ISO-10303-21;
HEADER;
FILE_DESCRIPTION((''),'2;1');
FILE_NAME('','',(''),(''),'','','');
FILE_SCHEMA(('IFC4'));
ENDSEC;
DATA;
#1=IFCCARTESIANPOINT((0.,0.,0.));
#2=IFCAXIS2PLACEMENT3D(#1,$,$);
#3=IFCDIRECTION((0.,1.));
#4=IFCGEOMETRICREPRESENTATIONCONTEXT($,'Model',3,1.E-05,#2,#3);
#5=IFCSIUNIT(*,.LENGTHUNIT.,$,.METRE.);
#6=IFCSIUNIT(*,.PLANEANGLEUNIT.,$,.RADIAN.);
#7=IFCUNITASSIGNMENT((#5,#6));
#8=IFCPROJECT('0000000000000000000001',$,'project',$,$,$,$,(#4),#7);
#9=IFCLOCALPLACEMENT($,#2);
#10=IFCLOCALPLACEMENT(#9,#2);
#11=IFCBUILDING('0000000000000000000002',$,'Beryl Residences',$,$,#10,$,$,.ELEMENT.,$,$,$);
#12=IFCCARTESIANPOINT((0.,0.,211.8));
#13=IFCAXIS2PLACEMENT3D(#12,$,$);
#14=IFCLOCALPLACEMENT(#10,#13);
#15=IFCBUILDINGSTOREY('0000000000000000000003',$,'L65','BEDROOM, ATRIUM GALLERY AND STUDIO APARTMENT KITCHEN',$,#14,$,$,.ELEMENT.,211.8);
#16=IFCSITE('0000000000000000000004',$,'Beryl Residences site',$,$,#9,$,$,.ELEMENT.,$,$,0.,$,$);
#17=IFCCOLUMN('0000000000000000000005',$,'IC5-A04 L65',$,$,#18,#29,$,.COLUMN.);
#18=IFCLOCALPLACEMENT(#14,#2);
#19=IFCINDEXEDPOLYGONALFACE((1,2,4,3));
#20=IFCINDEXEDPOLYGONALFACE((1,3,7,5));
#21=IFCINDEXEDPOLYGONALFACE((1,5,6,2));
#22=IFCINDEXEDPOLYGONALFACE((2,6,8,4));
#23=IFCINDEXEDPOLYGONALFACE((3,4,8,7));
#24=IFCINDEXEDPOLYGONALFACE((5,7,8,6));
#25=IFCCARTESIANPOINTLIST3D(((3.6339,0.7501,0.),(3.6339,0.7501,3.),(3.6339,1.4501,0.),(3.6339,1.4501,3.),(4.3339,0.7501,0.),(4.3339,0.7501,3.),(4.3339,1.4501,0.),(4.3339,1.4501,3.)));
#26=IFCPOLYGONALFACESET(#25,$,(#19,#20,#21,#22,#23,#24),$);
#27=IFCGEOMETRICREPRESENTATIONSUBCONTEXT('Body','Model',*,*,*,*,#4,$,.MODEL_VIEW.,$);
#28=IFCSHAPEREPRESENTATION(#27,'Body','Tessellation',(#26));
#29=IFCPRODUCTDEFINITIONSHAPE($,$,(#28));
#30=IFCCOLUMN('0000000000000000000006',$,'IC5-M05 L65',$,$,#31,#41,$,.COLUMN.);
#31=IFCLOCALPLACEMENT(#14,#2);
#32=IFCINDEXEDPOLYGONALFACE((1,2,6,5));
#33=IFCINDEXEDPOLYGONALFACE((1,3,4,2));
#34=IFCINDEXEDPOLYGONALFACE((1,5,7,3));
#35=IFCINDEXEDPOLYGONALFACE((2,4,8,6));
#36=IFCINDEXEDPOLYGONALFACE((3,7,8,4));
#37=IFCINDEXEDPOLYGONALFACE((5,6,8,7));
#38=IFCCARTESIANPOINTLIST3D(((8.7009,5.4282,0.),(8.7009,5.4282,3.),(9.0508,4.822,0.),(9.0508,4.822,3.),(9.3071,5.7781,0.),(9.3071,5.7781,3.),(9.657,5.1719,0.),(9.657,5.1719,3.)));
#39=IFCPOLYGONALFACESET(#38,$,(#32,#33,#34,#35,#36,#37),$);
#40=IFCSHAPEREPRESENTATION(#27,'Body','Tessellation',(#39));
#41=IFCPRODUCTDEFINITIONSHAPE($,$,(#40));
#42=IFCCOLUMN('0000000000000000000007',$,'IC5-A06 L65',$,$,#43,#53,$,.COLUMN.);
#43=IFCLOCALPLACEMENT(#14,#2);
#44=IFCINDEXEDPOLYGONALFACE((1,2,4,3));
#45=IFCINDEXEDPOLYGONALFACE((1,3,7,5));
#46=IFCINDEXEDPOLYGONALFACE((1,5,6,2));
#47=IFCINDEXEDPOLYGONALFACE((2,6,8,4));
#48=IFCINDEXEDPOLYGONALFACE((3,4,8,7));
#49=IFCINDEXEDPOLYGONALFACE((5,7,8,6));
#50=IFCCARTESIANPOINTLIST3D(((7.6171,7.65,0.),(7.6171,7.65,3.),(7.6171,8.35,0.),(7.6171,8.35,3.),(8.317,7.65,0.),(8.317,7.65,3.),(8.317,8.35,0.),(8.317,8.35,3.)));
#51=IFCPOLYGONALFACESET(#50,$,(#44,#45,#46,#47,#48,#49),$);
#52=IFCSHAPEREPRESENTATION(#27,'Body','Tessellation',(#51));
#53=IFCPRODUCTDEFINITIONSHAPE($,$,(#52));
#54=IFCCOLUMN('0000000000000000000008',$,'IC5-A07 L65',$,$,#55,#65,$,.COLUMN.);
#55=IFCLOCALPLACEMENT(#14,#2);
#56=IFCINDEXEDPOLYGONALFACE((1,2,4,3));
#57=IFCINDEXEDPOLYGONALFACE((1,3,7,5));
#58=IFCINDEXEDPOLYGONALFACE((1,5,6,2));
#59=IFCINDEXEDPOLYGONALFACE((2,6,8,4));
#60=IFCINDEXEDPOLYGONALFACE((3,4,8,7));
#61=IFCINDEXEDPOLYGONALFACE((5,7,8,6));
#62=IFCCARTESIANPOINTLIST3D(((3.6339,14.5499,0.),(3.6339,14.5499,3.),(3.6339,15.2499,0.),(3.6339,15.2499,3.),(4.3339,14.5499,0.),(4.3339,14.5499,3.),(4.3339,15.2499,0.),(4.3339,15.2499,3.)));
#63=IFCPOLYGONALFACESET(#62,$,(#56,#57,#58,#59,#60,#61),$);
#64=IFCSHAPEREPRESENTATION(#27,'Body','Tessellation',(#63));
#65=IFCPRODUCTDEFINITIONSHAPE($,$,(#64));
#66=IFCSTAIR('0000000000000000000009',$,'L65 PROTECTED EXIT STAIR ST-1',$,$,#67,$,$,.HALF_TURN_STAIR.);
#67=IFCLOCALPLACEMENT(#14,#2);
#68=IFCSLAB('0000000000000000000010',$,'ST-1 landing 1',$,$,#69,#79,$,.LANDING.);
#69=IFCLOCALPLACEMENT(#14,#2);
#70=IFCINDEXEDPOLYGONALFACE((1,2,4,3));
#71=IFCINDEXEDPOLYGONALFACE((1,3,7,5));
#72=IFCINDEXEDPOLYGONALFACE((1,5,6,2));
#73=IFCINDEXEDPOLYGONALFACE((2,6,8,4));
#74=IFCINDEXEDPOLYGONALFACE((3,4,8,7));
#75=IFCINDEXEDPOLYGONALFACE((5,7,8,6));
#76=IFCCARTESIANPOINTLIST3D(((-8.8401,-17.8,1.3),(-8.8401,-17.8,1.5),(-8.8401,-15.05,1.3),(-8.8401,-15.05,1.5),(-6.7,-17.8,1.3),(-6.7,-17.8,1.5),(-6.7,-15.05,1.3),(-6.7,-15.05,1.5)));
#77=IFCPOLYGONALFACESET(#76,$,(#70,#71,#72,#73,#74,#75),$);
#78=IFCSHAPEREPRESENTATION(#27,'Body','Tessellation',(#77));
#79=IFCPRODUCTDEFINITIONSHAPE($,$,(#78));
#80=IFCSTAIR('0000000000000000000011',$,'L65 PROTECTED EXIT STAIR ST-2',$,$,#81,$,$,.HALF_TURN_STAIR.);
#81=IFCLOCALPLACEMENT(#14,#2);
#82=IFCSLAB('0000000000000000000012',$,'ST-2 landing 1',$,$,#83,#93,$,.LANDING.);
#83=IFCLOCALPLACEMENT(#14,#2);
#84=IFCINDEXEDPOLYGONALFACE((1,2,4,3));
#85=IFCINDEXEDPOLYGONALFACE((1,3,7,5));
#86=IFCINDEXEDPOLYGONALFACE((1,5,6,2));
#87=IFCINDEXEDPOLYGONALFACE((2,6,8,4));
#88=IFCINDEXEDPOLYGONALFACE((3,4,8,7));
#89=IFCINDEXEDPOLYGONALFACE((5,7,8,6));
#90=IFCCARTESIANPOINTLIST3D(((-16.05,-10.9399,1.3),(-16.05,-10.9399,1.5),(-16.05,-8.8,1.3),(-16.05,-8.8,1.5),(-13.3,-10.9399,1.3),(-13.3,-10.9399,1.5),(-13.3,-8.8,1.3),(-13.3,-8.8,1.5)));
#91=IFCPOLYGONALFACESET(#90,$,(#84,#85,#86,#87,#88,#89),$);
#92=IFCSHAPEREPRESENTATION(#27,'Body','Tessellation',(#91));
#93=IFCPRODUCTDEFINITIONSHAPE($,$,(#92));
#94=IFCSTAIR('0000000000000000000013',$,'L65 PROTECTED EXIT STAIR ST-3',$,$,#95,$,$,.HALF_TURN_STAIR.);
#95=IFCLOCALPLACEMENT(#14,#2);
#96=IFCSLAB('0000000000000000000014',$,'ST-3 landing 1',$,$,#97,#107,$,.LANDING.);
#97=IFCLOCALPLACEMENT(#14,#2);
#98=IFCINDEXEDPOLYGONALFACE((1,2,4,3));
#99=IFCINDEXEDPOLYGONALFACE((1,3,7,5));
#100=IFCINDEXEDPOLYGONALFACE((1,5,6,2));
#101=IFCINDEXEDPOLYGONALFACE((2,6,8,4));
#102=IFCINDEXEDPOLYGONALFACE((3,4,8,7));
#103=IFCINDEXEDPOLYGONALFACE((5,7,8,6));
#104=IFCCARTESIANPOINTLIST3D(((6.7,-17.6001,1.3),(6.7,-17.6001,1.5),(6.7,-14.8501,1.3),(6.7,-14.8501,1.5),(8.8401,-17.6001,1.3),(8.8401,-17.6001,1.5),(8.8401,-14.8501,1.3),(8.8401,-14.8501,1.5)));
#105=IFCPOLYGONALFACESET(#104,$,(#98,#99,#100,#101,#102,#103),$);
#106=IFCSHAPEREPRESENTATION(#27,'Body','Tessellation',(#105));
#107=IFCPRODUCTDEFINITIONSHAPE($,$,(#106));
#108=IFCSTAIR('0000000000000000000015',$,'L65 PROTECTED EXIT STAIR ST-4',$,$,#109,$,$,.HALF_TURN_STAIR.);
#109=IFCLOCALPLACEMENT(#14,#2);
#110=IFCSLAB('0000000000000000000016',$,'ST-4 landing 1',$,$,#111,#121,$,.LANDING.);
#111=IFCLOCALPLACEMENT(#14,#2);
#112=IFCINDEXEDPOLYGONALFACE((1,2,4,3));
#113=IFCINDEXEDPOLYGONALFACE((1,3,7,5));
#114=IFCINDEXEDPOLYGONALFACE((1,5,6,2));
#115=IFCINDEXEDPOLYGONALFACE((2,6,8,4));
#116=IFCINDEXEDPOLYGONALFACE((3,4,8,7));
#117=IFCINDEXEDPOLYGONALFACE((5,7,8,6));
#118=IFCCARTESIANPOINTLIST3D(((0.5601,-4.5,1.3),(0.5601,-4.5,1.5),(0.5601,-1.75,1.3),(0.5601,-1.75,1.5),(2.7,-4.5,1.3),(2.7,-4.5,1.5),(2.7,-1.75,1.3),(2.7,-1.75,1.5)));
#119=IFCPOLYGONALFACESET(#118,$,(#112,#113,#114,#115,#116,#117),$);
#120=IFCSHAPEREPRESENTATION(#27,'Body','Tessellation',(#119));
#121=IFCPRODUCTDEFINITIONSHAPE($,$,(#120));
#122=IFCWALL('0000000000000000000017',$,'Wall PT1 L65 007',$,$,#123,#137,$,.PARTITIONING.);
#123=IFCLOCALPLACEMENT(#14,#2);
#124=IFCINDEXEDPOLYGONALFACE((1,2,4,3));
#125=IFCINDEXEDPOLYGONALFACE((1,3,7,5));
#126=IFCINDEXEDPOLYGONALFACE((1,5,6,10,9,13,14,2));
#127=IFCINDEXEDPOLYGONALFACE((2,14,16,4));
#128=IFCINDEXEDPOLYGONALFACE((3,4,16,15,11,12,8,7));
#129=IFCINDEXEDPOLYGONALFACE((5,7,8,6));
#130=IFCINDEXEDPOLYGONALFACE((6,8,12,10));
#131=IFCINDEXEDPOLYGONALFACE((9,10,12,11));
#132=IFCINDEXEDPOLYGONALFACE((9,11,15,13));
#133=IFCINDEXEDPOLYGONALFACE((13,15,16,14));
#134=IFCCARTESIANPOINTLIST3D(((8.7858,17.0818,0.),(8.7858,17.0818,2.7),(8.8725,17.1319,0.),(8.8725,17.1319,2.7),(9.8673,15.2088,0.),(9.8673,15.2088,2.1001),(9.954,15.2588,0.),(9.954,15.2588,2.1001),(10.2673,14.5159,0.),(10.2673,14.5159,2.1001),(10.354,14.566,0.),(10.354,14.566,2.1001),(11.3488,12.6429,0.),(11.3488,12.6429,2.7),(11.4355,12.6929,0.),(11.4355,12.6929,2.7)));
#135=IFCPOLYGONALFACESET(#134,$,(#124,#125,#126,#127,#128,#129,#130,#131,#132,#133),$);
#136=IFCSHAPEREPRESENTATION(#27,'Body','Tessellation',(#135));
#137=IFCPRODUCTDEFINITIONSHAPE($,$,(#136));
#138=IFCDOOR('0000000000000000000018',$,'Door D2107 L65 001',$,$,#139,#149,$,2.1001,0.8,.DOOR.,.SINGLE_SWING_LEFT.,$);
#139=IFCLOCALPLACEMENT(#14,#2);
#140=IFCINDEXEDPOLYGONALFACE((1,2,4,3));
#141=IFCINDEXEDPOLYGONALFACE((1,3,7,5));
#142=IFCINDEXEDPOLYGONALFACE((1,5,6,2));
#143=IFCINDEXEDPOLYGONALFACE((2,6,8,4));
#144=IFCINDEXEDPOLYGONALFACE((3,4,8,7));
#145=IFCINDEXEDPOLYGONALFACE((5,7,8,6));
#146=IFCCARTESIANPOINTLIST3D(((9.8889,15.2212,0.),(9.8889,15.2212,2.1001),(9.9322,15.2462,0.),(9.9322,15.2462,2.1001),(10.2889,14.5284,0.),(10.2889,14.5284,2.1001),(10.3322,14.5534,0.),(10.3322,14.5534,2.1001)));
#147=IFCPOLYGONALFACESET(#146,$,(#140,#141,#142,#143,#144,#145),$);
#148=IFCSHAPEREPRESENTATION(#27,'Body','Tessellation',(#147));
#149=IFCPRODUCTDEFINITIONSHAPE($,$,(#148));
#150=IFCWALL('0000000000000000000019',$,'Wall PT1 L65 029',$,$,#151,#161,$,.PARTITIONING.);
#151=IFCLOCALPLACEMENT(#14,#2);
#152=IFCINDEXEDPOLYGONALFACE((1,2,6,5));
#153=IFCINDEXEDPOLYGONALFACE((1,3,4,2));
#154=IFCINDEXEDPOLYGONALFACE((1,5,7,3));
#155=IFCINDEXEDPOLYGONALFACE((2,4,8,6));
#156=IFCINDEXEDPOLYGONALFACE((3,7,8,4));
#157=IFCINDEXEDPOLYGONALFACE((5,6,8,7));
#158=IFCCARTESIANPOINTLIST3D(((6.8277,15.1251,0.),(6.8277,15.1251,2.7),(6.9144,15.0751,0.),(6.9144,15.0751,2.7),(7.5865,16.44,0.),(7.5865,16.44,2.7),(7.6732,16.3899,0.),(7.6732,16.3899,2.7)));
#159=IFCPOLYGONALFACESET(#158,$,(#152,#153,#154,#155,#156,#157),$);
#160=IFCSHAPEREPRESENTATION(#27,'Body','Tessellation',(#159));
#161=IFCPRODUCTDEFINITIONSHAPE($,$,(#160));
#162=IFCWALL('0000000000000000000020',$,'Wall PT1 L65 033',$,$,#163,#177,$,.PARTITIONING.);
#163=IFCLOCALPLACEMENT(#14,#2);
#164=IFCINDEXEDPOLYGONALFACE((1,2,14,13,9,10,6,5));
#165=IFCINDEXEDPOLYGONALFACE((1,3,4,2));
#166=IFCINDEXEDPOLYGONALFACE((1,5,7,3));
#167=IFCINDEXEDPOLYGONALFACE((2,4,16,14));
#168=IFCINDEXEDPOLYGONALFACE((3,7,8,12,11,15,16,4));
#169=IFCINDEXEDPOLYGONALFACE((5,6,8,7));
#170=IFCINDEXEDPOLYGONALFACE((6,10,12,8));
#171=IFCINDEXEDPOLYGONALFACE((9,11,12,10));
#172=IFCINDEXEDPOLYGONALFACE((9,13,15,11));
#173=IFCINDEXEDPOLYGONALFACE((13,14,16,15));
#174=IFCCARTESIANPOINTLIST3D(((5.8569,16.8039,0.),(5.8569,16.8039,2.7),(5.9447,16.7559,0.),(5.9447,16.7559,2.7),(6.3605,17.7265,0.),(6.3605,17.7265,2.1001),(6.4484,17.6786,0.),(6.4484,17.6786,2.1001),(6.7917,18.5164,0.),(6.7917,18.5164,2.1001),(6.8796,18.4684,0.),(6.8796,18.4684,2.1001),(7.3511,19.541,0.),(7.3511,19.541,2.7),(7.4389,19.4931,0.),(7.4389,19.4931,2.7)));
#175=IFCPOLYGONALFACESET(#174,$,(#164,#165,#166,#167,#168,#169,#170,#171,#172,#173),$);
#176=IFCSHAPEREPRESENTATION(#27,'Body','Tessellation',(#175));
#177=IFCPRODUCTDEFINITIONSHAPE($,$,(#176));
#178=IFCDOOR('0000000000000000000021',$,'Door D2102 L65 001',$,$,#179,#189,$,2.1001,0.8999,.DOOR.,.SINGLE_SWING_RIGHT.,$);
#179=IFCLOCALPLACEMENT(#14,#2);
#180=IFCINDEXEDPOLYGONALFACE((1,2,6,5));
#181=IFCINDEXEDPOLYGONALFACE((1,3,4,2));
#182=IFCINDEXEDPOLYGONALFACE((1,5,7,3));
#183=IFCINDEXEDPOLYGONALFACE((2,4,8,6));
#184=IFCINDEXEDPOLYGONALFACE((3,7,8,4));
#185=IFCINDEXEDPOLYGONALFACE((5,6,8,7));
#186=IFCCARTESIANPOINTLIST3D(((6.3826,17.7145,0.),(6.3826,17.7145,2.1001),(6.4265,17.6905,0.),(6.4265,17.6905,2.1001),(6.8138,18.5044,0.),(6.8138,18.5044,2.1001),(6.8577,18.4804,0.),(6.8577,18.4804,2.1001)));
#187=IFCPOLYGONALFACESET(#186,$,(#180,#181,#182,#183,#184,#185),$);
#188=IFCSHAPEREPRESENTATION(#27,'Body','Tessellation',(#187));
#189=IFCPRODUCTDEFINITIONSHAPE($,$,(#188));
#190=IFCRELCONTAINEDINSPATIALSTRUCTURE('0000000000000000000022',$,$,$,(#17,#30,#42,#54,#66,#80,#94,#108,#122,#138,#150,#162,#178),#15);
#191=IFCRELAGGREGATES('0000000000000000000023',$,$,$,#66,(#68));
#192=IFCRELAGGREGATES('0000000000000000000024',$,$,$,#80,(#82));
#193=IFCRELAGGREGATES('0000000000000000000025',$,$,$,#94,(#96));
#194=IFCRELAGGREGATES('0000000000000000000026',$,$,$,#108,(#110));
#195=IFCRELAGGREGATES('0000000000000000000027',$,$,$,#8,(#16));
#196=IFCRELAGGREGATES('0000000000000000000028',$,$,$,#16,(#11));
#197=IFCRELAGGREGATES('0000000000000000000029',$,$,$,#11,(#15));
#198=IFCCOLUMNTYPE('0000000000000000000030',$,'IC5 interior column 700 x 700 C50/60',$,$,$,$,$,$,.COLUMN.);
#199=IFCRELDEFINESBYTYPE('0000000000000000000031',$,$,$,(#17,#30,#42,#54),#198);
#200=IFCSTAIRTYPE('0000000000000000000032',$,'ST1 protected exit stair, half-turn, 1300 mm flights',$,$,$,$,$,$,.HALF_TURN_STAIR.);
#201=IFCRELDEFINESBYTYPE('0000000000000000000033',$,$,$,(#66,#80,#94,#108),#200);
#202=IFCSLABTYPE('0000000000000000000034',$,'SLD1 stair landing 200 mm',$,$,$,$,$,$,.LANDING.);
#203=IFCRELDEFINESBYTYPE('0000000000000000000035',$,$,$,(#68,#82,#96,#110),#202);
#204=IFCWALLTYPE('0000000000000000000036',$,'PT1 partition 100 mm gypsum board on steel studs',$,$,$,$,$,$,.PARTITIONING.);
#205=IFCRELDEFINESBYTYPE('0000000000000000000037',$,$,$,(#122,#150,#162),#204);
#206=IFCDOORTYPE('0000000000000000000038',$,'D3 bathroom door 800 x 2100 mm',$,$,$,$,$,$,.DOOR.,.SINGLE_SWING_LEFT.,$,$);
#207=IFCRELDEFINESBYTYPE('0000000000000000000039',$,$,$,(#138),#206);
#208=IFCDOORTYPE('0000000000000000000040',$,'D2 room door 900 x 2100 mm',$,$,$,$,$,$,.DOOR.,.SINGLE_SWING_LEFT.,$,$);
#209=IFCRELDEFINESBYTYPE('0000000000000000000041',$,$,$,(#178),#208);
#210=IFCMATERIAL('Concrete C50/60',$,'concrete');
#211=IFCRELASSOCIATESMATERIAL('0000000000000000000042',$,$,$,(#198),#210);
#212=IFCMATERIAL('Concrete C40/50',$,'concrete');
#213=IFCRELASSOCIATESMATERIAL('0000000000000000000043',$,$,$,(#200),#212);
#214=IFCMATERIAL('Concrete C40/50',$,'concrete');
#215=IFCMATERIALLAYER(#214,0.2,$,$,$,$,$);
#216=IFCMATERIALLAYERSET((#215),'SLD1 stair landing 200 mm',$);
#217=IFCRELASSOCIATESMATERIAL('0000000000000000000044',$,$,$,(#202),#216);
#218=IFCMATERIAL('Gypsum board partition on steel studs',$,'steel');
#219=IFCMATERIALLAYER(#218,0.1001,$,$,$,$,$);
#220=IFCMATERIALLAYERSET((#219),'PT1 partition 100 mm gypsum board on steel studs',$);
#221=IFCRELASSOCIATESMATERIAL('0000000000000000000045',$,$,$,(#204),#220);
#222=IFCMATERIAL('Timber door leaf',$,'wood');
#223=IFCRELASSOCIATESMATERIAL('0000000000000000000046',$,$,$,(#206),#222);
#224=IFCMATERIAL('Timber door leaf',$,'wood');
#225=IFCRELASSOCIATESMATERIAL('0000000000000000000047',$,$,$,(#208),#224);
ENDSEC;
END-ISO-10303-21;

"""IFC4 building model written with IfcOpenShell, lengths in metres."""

from ifc_helpers import new_model, si_unit, direction, frame, frame_2d, origin, origin_2d, place, context, subcontext, project, spatial, polyline, rectangle, outline, extrude, material, layer, layer_set, material_profile, profile_set, type_object, element, fill, aggregate, save


model = new_model("IFC4")

# Units and contexts
model_context = context("Model", 3, precision=1e-05, world=origin(), true_north=direction((0.0, 1.0)))
body_context = subcontext(model_context, "Body", "Model", "MODEL_VIEW")
ifc_project = project(units=[si_unit("LENGTHUNIT", "METRE"), si_unit("PLANEANGLEUNIT", "RADIAN")], contexts=[model_context])

# Site, building, storey
site_placement = place(None, origin())
site = spatial("IfcSite", under=ifc_project, at=site_placement, Name="Beryl Residences site", CompositionType="ELEMENT", RefElevation=0.0)
building_placement = place(site_placement, origin())
building = spatial("IfcBuilding", under=site, at=building_placement, Name="Beryl Residences", CompositionType="ELEMENT")
storey_placement = place(building_placement, frame((0.0, 0.0, 211.8)))
storey = spatial("IfcBuildingStorey", under=building, at=storey_placement, Name="L65", Description="BEDROOM, ATRIUM GALLERY AND STUDIO APARTMENT KITCHEN", CompositionType="ELEMENT", Elevation=211.8)

# Columns
ifc_material_1 = material(Name="Concrete C50/60", Category="concrete")
ifc_material_profile = material_profile(ifc_material_1, rectangle(XDim=0.7, YDim=0.7, at=origin_2d()))
ifc_profile_set = profile_set([ifc_material_profile], Name="Concrete C50/60")
column_type = type_object("IfcColumnType", Name="IC5 interior column 700 x 700 C50/60", PredefinedType="COLUMN", material=ifc_profile_set)
for number, where, z_axis, x_axis, name in (
    (1, (3.9839, 1.1001, 0.0), (0.0, 0.0, 1.0), (1.0, 0.0, 0.0), "IC5-A04 L65"),
    (2, (9.179, 5.3, 0.0), (0.0, 0.0, 1.0), (-0.49997, 0.866043, 0.0), "IC5-M05 L65"),
    (3, (7.967, 8.0, 0.0), (0.0, 0.0, 1.0), (1.0, 0.0, 0.0), "IC5-A06 L65"),
    (4, (3.9839, 14.8999, 0.0), (0.0, 0.0, 1.0), (1.0, 0.0, 0.0), "IC5-A07 L65"),
):
    element("IfcColumn", number, at=place(storey_placement, frame(where, z_axis=z_axis, x_axis=x_axis)), inside=storey, type_object=column_type, Name=name, PredefinedType="COLUMN", context=body_context, shape_type="SweptSolid", body=[
        extrude(rectangle(XDim=0.7, YDim=0.7, at=origin_2d()), origin(), (0.0, 0.0, 1.0), 3.0),
    ])

# Stairs, slabs
ifc_material_2 = material(Name="Concrete C40/50", Category="concrete")
stair_type = type_object("IfcStairType", Name="ST1 protected exit stair, half-turn, 1300 mm flights", PredefinedType="HALF_TURN_STAIR", material=ifc_material_2)
stair_1_placement = place(storey_placement, origin())
stair_1 = element("IfcStair", 5, at=stair_1_placement, inside=storey, type_object=stair_type, Name="L65 PROTECTED EXIT STAIR ST-1", PredefinedType="HALF_TURN_STAIR")
ifc_material_3 = material(Name="Concrete C40/50", Category="concrete")
ifc_layer_1 = layer(ifc_material_3, 0.2)
ifc_layer_set_1 = layer_set([ifc_layer_1], Name="SLD1 stair landing 200 mm")
slab_type_1 = type_object("IfcSlabType", Name="SLD1 stair landing 200 mm", PredefinedType="LANDING", material=ifc_layer_set_1)
slab_1_placement = place(storey_placement, frame((0.0, 0.0, 1.3)))
slab_1 = element("IfcSlab", 6, at=slab_1_placement, type_object=slab_type_1, Name="ST-1 landing 1", PredefinedType="LANDING", context=body_context, shape_type="SweptSolid", body=[
    extrude(outline(polyline([(-8.8401, -17.8), (-6.7, -17.8), (-6.7, -15.05), (-8.8401, -15.05), (-8.8401, -17.8)])), origin(), (0.0, 0.0, 1.0), 0.2),
])
aggregate(stair_1, [slab_1])
stair_2_placement = place(storey_placement, origin())
stair_2 = element("IfcStair", 7, at=stair_2_placement, inside=storey, type_object=stair_type, Name="L65 PROTECTED EXIT STAIR ST-2", PredefinedType="HALF_TURN_STAIR")
slab_2_placement = place(storey_placement, frame((0.0, 0.0, 1.3)))
slab_2 = element("IfcSlab", 8, at=slab_2_placement, type_object=slab_type_1, Name="ST-2 landing 1", PredefinedType="LANDING", context=body_context, shape_type="SweptSolid", body=[
    extrude(outline(polyline([(-13.3, -10.9399), (-13.3, -8.8), (-16.05, -8.8), (-16.05, -10.9399), (-13.3, -10.9399)])), origin(), (0.0, 0.0, 1.0), 0.2),
])
aggregate(stair_2, [slab_2])
stair_3_placement = place(storey_placement, origin())
stair_3 = element("IfcStair", 9, at=stair_3_placement, inside=storey, type_object=stair_type, Name="L65 PROTECTED EXIT STAIR ST-3", PredefinedType="HALF_TURN_STAIR")
slab_3_placement = place(storey_placement, frame((0.0, 0.0, 1.3)))
slab_3 = element("IfcSlab", 10, at=slab_3_placement, type_object=slab_type_1, Name="ST-3 landing 1", PredefinedType="LANDING", context=body_context, shape_type="SweptSolid", body=[
    extrude(outline(polyline([(8.8401, -14.8501), (6.7, -14.8501), (6.7, -17.6001), (8.8401, -17.6001), (8.8401, -14.8501)])), origin(), (0.0, 0.0, 1.0), 0.2),
])
aggregate(stair_3, [slab_3])
stair_4_placement = place(storey_placement, origin())
stair_4 = element("IfcStair", 11, at=stair_4_placement, inside=storey, type_object=stair_type, Name="L65 PROTECTED EXIT STAIR ST-4", PredefinedType="HALF_TURN_STAIR")
slab_4_placement = place(storey_placement, frame((0.0, 0.0, 1.3)))
slab_4 = element("IfcSlab", 12, at=slab_4_placement, type_object=slab_type_1, Name="ST-4 landing 1", PredefinedType="LANDING", context=body_context, shape_type="SweptSolid", body=[
    extrude(outline(polyline([(0.5601, -4.5), (2.7, -4.5), (2.7, -1.75), (0.5601, -1.75), (0.5601, -4.5)])), origin(), (0.0, 0.0, 1.0), 0.2),
])
aggregate(stair_4, [slab_4])

# Wall, opening, door
ifc_material_4 = material(Name="Gypsum board partition on steel studs", Category="steel")
ifc_layer_2 = layer(ifc_material_4, 0.1001)
ifc_layer_set_2 = layer_set([ifc_layer_2], Name="PT1 partition 100 mm gypsum board on steel studs")
wall_type_1 = type_object("IfcWallType", Name="PT1 partition 100 mm gypsum board on steel studs", PredefinedType="PARTITIONING", material=ifc_layer_set_2)
wall_1_placement = place(storey_placement, frame((8.8291, 17.1069, 0.0), z_axis=(0.0, 0.0, 1.0), x_axis=(0.500022, -0.866013, 0.0)))
wall_1 = element("IfcWall", 13, at=wall_1_placement, inside=storey, type_object=wall_type_1, Name="Wall PT1 L65 007", PredefinedType="PARTITIONING", context=body_context, shape_type="SweptSolid", body=[
    extrude(rectangle(XDim=5.1257, YDim=0.1001, at=frame_2d((2.563, 0.0))), origin(), (0.0, 0.0, 1.0), 2.7),
])
opening_1_placement = place(wall_1_placement, frame((2.1631, 0.0, 0.0)))
opening_1 = element("IfcOpeningElement", 14, at=opening_1_placement, cuts=wall_1, PredefinedType="OPENING", context=body_context, shape_type="SweptSolid", body=[
    extrude(rectangle(XDim=0.8, YDim=2.1001, at=frame_2d((0.3999, 1.05))), frame((0.0, 0.0601, 0.0), z_axis=(0.0, -1.0, 0.0), x_axis=(1.0, 0.0, 0.0)), (0.0, 0.0, 1.0), 0.1201),
])
ifc_material_5 = material(Name="Timber door leaf", Category="wood")
door_type_1 = type_object("IfcDoorType", Name="D3 bathroom door 800 x 2100 mm", OperationType="SINGLE_SWING_LEFT", PredefinedType="DOOR", material=ifc_material_5)
door_1_placement = place(opening_1_placement, origin())
door_1 = element("IfcDoor", 15, at=door_1_placement, inside=storey, type_object=door_type_1, Name="Door D2107 L65 001", OperationType="SINGLE_SWING_LEFT", OverallHeight=2.1001, OverallWidth=0.8, PredefinedType="DOOR", context=body_context, shape_type="SweptSolid", body=[
    extrude(rectangle(XDim=0.8, YDim=2.1001, at=frame_2d((0.3999, 1.05))), frame((0.0, 0.0249, 0.0), z_axis=(0.0, -1.0, 0.0), x_axis=(1.0, 0.0, 0.0)), (0.0, 0.0, 1.0), 0.05),
])
fill(opening_1, door_1)

# Wall
wall_2_placement = place(storey_placement, frame((6.8711, 15.1001, 0.0), z_axis=(0.0, 0.0, 1.0), x_axis=(0.499806, 0.866137, 0.0)))
element("IfcWall", 16, at=wall_2_placement, inside=storey, type_object=wall_type_1, Name="Wall PT1 L65 029", PredefinedType="PARTITIONING", context=body_context, shape_type="SweptSolid", body=[
    extrude(rectangle(XDim=1.5181, YDim=0.1001, at=frame_2d((0.759, 0.0))), origin(), (0.0, 0.0, 1.0), 2.7),
])

# Wall, opening, door
wall_3_placement = place(storey_placement, frame((5.9009, 16.78, 0.0), z_axis=(0.0, 0.0, 1.0), x_axis=(0.479148, 0.877734, 0.0)))
wall_3 = element("IfcWall", 17, at=wall_3_placement, inside=storey, type_object=wall_type_1, Name="Wall PT1 L65 033", PredefinedType="PARTITIONING", context=body_context, shape_type="SweptSolid", body=[
    extrude(rectangle(XDim=3.1184, YDim=0.1001, at=frame_2d((1.5591, 0.0))), origin(), (0.0, 0.0, 1.0), 2.7),
])
opening_2_placement = place(wall_3_placement, frame((1.051, 0.0, 0.0)))
opening_2 = element("IfcOpeningElement", 18, at=opening_2_placement, cuts=wall_3, PredefinedType="OPENING", context=body_context, shape_type="SweptSolid", body=[
    extrude(rectangle(XDim=0.8999, YDim=2.1001, at=frame_2d((0.45, 1.05))), frame((0.0, 0.0601, 0.0), z_axis=(0.0, -1.0, 0.0), x_axis=(1.0, 0.0, 0.0)), (0.0, 0.0, 1.0), 0.1201),
])
ifc_material_6 = material(Name="Timber door leaf", Category="wood")
door_type_2 = type_object("IfcDoorType", Name="D2 room door 900 x 2100 mm", OperationType="SINGLE_SWING_LEFT", PredefinedType="DOOR", material=ifc_material_6)
door_2_placement = place(opening_2_placement, origin())
door_2 = element("IfcDoor", 19, at=door_2_placement, inside=storey, type_object=door_type_2, Name="Door D2102 L65 001", OperationType="SINGLE_SWING_RIGHT", OverallHeight=2.1001, OverallWidth=0.8999, PredefinedType="DOOR", context=body_context, shape_type="SweptSolid", body=[
    extrude(rectangle(XDim=0.8999, YDim=2.1001, at=frame_2d((0.45, 1.05))), frame((0.0, 0.0249, 0.0), z_axis=(0.0, -1.0, 0.0), x_axis=(1.0, 0.0, 0.0)), (0.0, 0.0, 1.0), 0.05),
])
fill(opening_2, door_2)

save(model, "model.ifc")
